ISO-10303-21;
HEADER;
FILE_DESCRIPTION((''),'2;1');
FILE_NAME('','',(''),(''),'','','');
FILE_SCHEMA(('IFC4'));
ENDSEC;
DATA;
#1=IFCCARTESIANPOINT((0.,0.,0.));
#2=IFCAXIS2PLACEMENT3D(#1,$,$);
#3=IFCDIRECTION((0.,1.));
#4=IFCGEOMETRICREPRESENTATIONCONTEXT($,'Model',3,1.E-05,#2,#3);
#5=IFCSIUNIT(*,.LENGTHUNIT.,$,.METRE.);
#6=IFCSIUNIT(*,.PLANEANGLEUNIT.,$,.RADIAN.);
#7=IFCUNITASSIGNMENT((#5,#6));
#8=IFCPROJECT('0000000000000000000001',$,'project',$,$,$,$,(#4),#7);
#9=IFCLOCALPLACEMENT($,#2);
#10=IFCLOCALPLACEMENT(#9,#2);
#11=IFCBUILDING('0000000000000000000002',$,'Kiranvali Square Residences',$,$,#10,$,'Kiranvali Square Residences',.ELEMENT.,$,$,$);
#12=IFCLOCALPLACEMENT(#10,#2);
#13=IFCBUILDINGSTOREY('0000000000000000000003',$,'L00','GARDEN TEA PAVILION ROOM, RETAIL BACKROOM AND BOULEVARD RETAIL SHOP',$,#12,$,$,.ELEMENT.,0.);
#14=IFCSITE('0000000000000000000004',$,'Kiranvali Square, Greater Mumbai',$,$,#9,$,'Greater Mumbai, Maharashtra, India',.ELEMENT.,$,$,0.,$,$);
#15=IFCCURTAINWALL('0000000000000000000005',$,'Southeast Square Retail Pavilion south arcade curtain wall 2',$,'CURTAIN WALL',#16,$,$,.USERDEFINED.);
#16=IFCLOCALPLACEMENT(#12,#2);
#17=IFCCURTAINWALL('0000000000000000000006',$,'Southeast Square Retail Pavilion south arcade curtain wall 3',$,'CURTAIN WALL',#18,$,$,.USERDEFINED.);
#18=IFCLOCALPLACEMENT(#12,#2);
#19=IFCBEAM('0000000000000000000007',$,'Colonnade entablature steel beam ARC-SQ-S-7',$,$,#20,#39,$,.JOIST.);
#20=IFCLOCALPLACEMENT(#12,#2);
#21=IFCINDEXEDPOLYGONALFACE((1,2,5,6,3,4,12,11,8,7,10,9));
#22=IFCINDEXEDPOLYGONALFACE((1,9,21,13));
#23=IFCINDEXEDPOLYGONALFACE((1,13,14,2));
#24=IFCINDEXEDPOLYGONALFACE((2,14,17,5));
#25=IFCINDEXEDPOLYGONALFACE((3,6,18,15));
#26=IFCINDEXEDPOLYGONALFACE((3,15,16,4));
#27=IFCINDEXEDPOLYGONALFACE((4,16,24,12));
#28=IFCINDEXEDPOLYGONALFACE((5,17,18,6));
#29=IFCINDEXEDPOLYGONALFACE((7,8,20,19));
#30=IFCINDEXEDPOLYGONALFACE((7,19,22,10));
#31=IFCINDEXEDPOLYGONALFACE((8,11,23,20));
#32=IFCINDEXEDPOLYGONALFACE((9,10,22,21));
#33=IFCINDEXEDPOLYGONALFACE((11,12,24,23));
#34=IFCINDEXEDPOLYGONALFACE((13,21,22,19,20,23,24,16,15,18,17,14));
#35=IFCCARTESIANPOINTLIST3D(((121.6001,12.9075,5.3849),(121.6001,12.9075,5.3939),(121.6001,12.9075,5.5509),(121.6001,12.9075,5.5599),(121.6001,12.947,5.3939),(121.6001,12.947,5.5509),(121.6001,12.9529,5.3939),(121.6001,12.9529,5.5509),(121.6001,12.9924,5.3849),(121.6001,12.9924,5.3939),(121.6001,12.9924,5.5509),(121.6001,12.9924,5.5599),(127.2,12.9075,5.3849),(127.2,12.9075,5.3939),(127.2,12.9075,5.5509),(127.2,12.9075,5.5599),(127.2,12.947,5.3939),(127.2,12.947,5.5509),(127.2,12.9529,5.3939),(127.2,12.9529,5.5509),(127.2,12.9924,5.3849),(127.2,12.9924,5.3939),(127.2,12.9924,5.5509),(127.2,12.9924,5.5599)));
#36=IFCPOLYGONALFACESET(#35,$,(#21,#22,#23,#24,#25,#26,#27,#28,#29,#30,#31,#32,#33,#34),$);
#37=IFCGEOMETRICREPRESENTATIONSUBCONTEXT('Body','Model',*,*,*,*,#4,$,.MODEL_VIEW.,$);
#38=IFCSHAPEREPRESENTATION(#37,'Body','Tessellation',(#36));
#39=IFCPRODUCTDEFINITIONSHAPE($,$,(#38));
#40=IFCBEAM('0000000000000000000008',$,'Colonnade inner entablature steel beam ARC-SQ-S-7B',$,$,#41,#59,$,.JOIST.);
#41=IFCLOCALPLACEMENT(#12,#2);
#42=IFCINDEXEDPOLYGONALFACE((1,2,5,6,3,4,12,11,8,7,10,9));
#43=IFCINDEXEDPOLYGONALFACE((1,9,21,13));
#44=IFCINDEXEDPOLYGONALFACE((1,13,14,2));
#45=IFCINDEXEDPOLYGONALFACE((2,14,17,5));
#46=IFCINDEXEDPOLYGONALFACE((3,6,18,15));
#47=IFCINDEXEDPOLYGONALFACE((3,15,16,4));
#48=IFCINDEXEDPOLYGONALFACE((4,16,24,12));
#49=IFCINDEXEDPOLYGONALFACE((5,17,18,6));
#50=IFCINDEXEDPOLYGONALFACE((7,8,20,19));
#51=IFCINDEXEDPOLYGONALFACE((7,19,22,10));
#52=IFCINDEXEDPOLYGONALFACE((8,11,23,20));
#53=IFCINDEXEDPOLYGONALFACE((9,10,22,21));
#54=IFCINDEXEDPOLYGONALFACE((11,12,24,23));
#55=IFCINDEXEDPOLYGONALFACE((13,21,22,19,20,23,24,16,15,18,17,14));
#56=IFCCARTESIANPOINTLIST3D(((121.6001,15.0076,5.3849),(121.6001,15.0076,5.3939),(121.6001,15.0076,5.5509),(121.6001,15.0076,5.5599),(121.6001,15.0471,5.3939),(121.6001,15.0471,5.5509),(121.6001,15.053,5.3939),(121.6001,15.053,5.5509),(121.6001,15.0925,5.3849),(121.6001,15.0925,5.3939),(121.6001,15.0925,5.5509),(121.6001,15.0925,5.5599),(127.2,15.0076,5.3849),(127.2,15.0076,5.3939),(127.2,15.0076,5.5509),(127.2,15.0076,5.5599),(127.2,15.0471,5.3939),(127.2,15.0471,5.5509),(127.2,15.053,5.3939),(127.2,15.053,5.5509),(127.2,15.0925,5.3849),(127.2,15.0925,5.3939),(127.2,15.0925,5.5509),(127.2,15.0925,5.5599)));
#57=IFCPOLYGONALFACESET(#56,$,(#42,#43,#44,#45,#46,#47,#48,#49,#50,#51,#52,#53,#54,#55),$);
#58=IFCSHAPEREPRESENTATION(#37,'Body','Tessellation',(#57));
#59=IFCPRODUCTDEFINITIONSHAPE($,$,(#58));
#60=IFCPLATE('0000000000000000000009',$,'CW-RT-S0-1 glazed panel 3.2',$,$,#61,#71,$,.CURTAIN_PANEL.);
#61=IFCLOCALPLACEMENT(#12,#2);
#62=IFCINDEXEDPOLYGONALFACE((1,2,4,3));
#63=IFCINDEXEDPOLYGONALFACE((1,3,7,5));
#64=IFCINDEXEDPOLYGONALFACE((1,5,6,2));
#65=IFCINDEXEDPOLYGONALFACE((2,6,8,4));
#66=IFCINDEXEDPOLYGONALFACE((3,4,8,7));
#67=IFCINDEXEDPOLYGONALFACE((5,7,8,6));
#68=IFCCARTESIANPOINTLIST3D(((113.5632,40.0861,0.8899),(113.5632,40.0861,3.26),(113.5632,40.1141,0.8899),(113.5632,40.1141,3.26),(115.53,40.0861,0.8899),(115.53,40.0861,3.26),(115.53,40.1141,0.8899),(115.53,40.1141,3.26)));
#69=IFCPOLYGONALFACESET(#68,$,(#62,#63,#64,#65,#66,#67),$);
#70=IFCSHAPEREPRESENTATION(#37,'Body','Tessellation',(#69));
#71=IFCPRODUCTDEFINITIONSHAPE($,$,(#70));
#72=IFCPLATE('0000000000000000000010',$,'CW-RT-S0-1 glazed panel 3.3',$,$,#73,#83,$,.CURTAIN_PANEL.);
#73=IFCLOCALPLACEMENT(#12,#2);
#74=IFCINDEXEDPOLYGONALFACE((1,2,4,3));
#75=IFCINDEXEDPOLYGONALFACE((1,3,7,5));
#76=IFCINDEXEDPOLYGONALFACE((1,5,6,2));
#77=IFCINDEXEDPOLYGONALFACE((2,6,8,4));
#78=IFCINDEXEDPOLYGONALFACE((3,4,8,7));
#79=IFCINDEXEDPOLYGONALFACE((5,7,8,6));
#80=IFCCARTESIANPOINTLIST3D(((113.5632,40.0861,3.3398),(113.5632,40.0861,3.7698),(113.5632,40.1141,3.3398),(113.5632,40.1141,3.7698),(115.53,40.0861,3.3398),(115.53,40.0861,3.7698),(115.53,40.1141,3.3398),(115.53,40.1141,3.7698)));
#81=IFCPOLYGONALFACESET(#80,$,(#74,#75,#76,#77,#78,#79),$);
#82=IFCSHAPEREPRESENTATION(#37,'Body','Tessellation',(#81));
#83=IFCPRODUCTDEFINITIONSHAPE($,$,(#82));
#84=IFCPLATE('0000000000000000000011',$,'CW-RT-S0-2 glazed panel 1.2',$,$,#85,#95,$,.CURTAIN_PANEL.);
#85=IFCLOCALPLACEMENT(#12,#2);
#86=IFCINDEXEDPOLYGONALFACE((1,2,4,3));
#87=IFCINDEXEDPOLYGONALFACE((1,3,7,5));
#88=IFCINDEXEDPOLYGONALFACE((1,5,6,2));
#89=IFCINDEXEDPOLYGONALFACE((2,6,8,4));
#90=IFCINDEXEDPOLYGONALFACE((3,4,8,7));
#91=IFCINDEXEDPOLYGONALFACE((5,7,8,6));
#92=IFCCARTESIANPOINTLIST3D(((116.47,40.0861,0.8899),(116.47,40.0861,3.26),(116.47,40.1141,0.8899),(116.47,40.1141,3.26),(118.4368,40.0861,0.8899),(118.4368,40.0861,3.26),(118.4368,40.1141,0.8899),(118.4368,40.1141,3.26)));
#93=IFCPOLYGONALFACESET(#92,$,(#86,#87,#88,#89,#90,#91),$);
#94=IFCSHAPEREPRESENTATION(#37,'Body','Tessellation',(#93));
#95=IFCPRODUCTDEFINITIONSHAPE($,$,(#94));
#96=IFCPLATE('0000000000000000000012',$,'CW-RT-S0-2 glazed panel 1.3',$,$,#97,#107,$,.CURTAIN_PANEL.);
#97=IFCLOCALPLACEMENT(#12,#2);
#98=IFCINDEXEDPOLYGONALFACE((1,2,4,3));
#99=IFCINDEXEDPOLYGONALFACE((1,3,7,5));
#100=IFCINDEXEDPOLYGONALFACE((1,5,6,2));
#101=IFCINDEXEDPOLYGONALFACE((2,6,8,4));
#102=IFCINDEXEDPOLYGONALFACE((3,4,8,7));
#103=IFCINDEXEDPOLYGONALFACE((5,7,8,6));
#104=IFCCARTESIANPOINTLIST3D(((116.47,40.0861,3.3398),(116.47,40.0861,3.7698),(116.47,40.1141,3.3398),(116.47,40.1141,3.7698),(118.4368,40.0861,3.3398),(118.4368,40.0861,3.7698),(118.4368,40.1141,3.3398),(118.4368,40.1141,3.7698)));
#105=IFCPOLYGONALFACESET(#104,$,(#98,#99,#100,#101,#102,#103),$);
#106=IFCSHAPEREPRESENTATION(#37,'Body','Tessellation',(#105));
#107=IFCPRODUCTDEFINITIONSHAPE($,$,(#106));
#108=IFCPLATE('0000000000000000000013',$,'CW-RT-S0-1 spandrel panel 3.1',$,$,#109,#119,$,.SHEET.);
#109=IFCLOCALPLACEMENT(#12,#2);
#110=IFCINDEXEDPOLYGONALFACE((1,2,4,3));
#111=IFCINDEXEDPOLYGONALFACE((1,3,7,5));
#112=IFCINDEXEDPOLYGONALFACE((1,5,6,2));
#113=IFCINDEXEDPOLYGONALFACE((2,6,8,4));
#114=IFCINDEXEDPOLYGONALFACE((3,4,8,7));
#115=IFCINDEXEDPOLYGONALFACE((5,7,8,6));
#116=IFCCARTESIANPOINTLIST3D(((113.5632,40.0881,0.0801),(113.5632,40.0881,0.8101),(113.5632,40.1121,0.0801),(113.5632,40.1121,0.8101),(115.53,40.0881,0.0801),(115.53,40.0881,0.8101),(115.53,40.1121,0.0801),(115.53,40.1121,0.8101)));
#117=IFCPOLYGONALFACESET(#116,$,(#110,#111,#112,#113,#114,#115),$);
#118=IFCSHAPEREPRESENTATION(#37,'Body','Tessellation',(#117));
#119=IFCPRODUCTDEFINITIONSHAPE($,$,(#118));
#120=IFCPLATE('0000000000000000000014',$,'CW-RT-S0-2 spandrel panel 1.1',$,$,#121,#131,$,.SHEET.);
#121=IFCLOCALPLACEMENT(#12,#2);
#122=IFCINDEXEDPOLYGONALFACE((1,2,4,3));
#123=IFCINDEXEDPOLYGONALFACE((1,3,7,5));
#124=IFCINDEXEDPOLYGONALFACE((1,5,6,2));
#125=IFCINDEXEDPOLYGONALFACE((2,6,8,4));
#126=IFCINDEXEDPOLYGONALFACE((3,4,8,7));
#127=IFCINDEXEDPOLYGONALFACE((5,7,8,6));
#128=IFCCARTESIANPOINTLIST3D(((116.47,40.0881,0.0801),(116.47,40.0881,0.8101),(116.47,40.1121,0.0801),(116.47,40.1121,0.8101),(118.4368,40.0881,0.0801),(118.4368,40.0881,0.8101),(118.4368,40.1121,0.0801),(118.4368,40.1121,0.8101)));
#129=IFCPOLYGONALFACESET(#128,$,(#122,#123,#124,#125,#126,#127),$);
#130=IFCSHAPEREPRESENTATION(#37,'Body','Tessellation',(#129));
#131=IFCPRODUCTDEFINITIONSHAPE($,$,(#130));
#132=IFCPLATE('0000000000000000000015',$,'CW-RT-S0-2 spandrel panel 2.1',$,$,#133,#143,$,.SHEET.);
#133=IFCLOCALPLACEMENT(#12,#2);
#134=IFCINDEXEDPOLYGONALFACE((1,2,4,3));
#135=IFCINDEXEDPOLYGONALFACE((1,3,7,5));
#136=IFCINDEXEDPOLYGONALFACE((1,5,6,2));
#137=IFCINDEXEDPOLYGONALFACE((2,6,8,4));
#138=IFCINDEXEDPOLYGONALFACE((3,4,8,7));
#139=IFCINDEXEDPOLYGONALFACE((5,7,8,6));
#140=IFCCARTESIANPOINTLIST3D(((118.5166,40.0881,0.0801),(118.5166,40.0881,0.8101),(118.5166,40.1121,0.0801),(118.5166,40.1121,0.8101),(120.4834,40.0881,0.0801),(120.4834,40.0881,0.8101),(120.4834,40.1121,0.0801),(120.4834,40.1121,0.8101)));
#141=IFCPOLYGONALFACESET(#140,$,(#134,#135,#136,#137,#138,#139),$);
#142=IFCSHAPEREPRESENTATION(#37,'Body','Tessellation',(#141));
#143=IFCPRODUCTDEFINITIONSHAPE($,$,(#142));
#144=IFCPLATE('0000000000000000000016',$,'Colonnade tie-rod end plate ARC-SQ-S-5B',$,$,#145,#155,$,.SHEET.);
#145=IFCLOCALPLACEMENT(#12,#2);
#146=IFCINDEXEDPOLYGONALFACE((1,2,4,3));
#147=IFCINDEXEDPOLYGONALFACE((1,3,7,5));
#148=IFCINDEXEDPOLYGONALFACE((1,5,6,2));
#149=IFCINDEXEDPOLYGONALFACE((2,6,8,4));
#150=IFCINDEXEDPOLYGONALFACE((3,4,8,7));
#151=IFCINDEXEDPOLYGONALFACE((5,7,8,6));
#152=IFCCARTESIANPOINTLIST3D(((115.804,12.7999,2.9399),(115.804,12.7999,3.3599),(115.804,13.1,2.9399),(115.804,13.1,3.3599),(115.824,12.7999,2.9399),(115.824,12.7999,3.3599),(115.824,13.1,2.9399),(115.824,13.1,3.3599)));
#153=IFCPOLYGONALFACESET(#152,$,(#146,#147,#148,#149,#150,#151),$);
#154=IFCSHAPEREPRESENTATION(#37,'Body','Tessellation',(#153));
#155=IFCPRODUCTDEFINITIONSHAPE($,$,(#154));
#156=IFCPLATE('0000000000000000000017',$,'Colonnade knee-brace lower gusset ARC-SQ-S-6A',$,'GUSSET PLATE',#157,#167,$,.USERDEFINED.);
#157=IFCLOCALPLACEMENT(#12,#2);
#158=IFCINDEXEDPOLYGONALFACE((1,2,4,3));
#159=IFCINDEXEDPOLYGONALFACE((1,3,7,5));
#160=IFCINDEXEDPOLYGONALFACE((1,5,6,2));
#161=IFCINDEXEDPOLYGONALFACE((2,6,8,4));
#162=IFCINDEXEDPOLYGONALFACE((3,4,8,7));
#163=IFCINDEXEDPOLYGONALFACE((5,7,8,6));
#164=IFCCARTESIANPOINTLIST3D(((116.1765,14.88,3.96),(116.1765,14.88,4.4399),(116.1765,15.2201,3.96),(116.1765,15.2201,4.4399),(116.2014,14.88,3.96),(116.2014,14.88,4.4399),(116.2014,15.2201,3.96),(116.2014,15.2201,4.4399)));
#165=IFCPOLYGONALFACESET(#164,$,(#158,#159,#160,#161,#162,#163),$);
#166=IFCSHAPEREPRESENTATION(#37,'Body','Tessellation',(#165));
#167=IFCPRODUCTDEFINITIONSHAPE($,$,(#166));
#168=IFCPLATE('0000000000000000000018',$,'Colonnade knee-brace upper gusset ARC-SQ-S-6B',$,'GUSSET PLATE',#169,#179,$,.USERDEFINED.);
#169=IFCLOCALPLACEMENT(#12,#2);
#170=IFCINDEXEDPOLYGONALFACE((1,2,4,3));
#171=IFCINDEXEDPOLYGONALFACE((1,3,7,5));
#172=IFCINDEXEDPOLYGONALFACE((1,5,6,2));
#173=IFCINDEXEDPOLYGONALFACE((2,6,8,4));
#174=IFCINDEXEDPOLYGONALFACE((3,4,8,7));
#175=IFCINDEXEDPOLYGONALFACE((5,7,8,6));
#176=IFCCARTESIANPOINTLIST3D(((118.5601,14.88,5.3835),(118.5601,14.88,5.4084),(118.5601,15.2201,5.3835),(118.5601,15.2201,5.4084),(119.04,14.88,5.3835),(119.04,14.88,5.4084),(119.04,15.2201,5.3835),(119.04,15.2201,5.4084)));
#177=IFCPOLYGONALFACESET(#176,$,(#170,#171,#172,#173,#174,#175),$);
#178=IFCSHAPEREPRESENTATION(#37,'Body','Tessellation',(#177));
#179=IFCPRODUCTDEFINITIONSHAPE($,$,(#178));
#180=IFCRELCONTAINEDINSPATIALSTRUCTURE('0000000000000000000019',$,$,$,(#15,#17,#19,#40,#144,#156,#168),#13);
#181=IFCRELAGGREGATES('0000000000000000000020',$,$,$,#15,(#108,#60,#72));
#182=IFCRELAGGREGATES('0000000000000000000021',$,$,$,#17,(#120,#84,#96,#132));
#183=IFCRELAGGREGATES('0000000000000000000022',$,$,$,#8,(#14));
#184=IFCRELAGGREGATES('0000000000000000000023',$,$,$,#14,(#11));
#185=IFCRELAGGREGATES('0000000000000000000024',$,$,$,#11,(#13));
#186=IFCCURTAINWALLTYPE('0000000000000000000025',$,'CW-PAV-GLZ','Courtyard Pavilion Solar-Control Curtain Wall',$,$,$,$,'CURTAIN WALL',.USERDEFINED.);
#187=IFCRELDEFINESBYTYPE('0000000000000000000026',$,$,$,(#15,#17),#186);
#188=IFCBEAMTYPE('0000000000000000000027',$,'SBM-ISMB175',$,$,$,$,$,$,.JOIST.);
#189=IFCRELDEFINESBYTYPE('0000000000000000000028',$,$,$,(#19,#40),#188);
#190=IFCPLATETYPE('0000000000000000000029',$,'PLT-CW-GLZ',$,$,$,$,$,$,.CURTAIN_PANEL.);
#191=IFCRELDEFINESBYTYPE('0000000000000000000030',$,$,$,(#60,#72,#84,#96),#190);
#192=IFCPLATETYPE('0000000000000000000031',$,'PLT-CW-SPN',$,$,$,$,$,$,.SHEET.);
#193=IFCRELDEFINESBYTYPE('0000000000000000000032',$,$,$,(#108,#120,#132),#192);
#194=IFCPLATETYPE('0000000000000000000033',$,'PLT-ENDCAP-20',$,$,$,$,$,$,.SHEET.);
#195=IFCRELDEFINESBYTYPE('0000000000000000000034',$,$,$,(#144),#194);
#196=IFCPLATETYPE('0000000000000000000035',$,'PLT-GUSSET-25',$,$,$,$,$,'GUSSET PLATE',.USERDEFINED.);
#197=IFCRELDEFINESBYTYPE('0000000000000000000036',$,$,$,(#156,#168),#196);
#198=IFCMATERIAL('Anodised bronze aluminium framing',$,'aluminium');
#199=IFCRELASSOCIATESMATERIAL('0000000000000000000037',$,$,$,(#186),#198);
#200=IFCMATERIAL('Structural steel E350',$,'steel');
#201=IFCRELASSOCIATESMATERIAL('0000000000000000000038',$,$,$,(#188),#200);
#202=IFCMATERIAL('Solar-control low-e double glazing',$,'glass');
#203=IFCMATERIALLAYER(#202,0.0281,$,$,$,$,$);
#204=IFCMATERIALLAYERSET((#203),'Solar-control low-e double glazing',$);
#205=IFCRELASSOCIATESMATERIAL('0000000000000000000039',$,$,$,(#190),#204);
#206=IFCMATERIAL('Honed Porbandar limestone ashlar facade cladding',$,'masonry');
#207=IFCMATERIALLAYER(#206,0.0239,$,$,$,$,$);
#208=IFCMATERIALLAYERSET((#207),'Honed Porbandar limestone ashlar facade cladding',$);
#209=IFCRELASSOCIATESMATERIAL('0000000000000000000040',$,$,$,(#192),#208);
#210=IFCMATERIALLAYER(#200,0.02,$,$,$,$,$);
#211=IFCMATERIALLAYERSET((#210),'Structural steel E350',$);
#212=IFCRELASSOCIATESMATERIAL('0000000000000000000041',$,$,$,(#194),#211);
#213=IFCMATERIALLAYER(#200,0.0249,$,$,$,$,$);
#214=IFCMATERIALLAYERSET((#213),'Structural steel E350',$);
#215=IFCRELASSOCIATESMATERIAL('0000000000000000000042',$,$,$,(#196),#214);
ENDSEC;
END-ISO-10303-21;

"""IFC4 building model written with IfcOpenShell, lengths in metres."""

from ifc_helpers import new_model, si_unit, direction, frame, origin, origin_2d, place, context, subcontext, project, spatial, rectangle, i_section, extrude, material, layer, layer_set, material_profile, profile_set, type_object, element, aggregate, save


model = new_model("IFC4")

# Units and contexts
model_context = context("Model", 3, precision=1e-05, world=origin(), true_north=direction((0.0, 1.0)))
body_context = subcontext(model_context, "Body", "Model", "MODEL_VIEW")
ifc_project = project(units=[si_unit("LENGTHUNIT", "METRE"), si_unit("PLANEANGLEUNIT", "RADIAN")], contexts=[model_context])

# Site, building, storey
site_placement = place(None, origin())
site = spatial("IfcSite", under=ifc_project, at=site_placement, Name="Kiranvali Square, Greater Mumbai", LongName="Greater Mumbai, Maharashtra, India", CompositionType="ELEMENT", RefElevation=0.0)
building_placement = place(site_placement, origin())
building = spatial("IfcBuilding", under=site, at=building_placement, Name="Kiranvali Square Residences", LongName="Kiranvali Square Residences", CompositionType="ELEMENT")
storey_placement = place(building_placement, origin())
storey = spatial("IfcBuildingStorey", under=building, at=storey_placement, Name="L00", Description="GARDEN TEA PAVILION ROOM, RETAIL BACKROOM AND BOULEVARD RETAIL SHOP", CompositionType="ELEMENT", Elevation=0.0)

# Curtain walls
ifc_material_1 = material(Name="Anodised bronze aluminium framing", Category="aluminium")
curtain_wall_type = type_object("IfcCurtainWallType", Name="CW-PAV-GLZ", Description="Courtyard Pavilion Solar-Control Curtain Wall", ElementType="CURTAIN WALL", PredefinedType="USERDEFINED", material=ifc_material_1)
curtain_wall_1_placement = place(storey_placement, origin())
curtain_wall_1 = element("IfcCurtainWall", 1, at=curtain_wall_1_placement, inside=storey, type_object=curtain_wall_type, Name="Southeast Square Retail Pavilion south arcade curtain wall 2", ObjectType="CURTAIN WALL", PredefinedType="USERDEFINED")
curtain_wall_2_placement = place(storey_placement, origin())
curtain_wall_2 = element("IfcCurtainWall", 2, at=curtain_wall_2_placement, inside=storey, type_object=curtain_wall_type, Name="Southeast Square Retail Pavilion south arcade curtain wall 3", ObjectType="CURTAIN WALL", PredefinedType="USERDEFINED")

# Shared definitions
ifc_material_2 = material(Name="Structural steel E350", Category="steel")

# Beams
ifc_material_profile_1 = material_profile(ifc_material_2, i_section(OverallWidth=0.085, OverallDepth=0.175, WebThickness=0.0059, FlangeThickness=0.009, at=origin_2d()), Name="ISMB 175")
ifc_profile_set_1 = profile_set([ifc_material_profile_1], Name="Structural steel E350")
beam_type_1 = type_object("IfcBeamType", Name="SBM-ISMB175", PredefinedType="JOIST", material=ifc_profile_set_1)
for number, where, z_axis, x_axis, name in (
    (3, (121.6001, 12.95, 5.4724), (1.0, 0.0, 0.0), (0.0, 1.0, 0.0), "Colonnade entablature steel beam ARC-SQ-S-7"),
    (4, (121.6001, 15.05, 5.4724), (1.0, 0.0, 0.0), (0.0, 1.0, 0.0), "Colonnade inner entablature steel beam ARC-SQ-S-7B"),
):
    element("IfcBeam", number, at=place(storey_placement, frame(where, z_axis=z_axis, x_axis=x_axis)), inside=storey, type_object=beam_type_1, Name=name, PredefinedType="JOIST", context=body_context, shape_type="SweptSolid", body=[
        extrude(i_section(OverallWidth=0.085, OverallDepth=0.175, WebThickness=0.0059, FlangeThickness=0.009, at=origin_2d()), origin(), (0.0, 0.0, 1.0), 5.5999),
    ])

# Plates
ifc_material_3 = material(Name="Solar-control low-e double glazing", Category="glass")
ifc_layer_1 = layer(ifc_material_3, 0.0281)
ifc_layer_set_1 = layer_set([ifc_layer_1], Name="Solar-control low-e double glazing")
plate_type_1 = type_object("IfcPlateType", Name="PLT-CW-GLZ", PredefinedType="CURTAIN_PANEL", material=ifc_layer_set_1)
plate_1_placement = place(storey_placement, frame((114.5466, 40.1001, 0.8899), z_axis=(0.0, 0.0, 1.0), x_axis=(1.0, 0.0, 0.0)))
plate_1 = element("IfcPlate", 5, at=plate_1_placement, type_object=plate_type_1, Name="CW-RT-S0-1 glazed panel 3.2", PredefinedType="CURTAIN_PANEL", context=body_context, shape_type="SweptSolid", body=[
    extrude(rectangle(XDim=1.9668, YDim=0.0281, at=origin_2d()), origin(), (0.0, 0.0, 1.0), 2.3701),
])
plate_2_placement = place(storey_placement, frame((114.5466, 40.1001, 3.3398), z_axis=(0.0, 0.0, 1.0), x_axis=(1.0, 0.0, 0.0)))
plate_2 = element("IfcPlate", 6, at=plate_2_placement, type_object=plate_type_1, Name="CW-RT-S0-1 glazed panel 3.3", PredefinedType="CURTAIN_PANEL", context=body_context, shape_type="SweptSolid", body=[
    extrude(rectangle(XDim=1.9668, YDim=0.0281, at=origin_2d()), origin(), (0.0, 0.0, 1.0), 0.4299),
])
plate_3_placement = place(storey_placement, frame((117.4534, 40.1001, 0.8899), z_axis=(0.0, 0.0, 1.0), x_axis=(1.0, 0.0, 0.0)))
plate_3 = element("IfcPlate", 7, at=plate_3_placement, type_object=plate_type_1, Name="CW-RT-S0-2 glazed panel 1.2", PredefinedType="CURTAIN_PANEL", context=body_context, shape_type="SweptSolid", body=[
    extrude(rectangle(XDim=1.9668, YDim=0.0281, at=origin_2d()), origin(), (0.0, 0.0, 1.0), 2.3701),
])
plate_4_placement = place(storey_placement, frame((117.4534, 40.1001, 3.3398), z_axis=(0.0, 0.0, 1.0), x_axis=(1.0, 0.0, 0.0)))
plate_4 = element("IfcPlate", 8, at=plate_4_placement, type_object=plate_type_1, Name="CW-RT-S0-2 glazed panel 1.3", PredefinedType="CURTAIN_PANEL", context=body_context, shape_type="SweptSolid", body=[
    extrude(rectangle(XDim=1.9668, YDim=0.0281, at=origin_2d()), origin(), (0.0, 0.0, 1.0), 0.4299),
])
ifc_material_4 = material(Name="Honed Porbandar limestone ashlar facade cladding", Category="masonry")
ifc_layer_2 = layer(ifc_material_4, 0.0239)
ifc_layer_set_2 = layer_set([ifc_layer_2], Name="Honed Porbandar limestone ashlar facade cladding")
plate_type_2 = type_object("IfcPlateType", Name="PLT-CW-SPN", PredefinedType="SHEET", material=ifc_layer_set_2)
plate_5_placement = place(storey_placement, frame((114.5466, 40.1001, 0.0801), z_axis=(0.0, 0.0, 1.0), x_axis=(1.0, 0.0, 0.0)))
plate_5 = element("IfcPlate", 9, at=plate_5_placement, type_object=plate_type_2, Name="CW-RT-S0-1 spandrel panel 3.1", PredefinedType="SHEET", context=body_context, shape_type="SweptSolid", body=[
    extrude(rectangle(XDim=1.9668, YDim=0.0239, at=origin_2d()), origin(), (0.0, 0.0, 1.0), 0.73),
])
aggregate(curtain_wall_1, [plate_5, plate_1, plate_2])
plate_6_placement = place(storey_placement, frame((117.4534, 40.1001, 0.0801), z_axis=(0.0, 0.0, 1.0), x_axis=(1.0, 0.0, 0.0)))
plate_6 = element("IfcPlate", 10, at=plate_6_placement, type_object=plate_type_2, Name="CW-RT-S0-2 spandrel panel 1.1", PredefinedType="SHEET", context=body_context, shape_type="SweptSolid", body=[
    extrude(rectangle(XDim=1.9668, YDim=0.0239, at=origin_2d()), origin(), (0.0, 0.0, 1.0), 0.73),
])
plate_7_placement = place(storey_placement, frame((119.5, 40.1001, 0.0801), z_axis=(0.0, 0.0, 1.0), x_axis=(1.0, 0.0, 0.0)))
plate_7 = element("IfcPlate", 11, at=plate_7_placement, type_object=plate_type_2, Name="CW-RT-S0-2 spandrel panel 2.1", PredefinedType="SHEET", context=body_context, shape_type="SweptSolid", body=[
    extrude(rectangle(XDim=1.9668, YDim=0.0239, at=origin_2d()), origin(), (0.0, 0.0, 1.0), 0.73),
])
aggregate(curtain_wall_2, [plate_6, plate_3, plate_4, plate_7])

# Plates
ifc_layer_3 = layer(ifc_material_2, 0.02)
ifc_layer_set_3 = layer_set([ifc_layer_3], Name="Structural steel E350")
plate_type_3 = type_object("IfcPlateType", Name="PLT-ENDCAP-20", PredefinedType="SHEET", material=ifc_layer_set_3)
plate_8_placement = place(storey_placement, frame((115.814, 12.95, 2.9399), z_axis=(0.0, 0.0, 1.0), x_axis=(1.0, 0.0, 0.0)))
element("IfcPlate", 12, at=plate_8_placement, inside=storey, type_object=plate_type_3, Name="Colonnade tie-rod end plate ARC-SQ-S-5B", PredefinedType="SHEET", context=body_context, shape_type="SweptSolid", body=[
    extrude(rectangle(XDim=0.02, YDim=0.3, at=origin_2d()), origin(), (0.0, 0.0, 1.0), 0.4199),
])
ifc_layer_4 = layer(ifc_material_2, 0.0249)
ifc_layer_set_4 = layer_set([ifc_layer_4], Name="Structural steel E350")
plate_type_4 = type_object("IfcPlateType", Name="PLT-GUSSET-25", ElementType="GUSSET PLATE", PredefinedType="USERDEFINED", material=ifc_layer_set_4)
plate_9_placement = place(storey_placement, frame((116.189, 15.05, 3.96), z_axis=(0.0, 0.0, 1.0), x_axis=(1.0, 0.0, 0.0)))
element("IfcPlate", 13, at=plate_9_placement, inside=storey, type_object=plate_type_4, Name="Colonnade knee-brace lower gusset ARC-SQ-S-6A", ObjectType="GUSSET PLATE", PredefinedType="USERDEFINED", context=body_context, shape_type="SweptSolid", body=[
    extrude(rectangle(XDim=0.0249, YDim=0.3401, at=origin_2d()), origin(), (0.0, 0.0, 1.0), 0.48),
])
plate_10_placement = place(storey_placement, frame((118.8, 15.05, 5.3835), z_axis=(0.0, 0.0, 1.0), x_axis=(1.0, 0.0, 0.0)))
element("IfcPlate", 14, at=plate_10_placement, inside=storey, type_object=plate_type_4, Name="Colonnade knee-brace upper gusset ARC-SQ-S-6B", ObjectType="GUSSET PLATE", PredefinedType="USERDEFINED", context=body_context, shape_type="SweptSolid", body=[
    extrude(rectangle(XDim=0.48, YDim=0.3401, at=origin_2d()), origin(), (0.0, 0.0, 1.0), 0.0249),
])

save(model, "model.ifc")
